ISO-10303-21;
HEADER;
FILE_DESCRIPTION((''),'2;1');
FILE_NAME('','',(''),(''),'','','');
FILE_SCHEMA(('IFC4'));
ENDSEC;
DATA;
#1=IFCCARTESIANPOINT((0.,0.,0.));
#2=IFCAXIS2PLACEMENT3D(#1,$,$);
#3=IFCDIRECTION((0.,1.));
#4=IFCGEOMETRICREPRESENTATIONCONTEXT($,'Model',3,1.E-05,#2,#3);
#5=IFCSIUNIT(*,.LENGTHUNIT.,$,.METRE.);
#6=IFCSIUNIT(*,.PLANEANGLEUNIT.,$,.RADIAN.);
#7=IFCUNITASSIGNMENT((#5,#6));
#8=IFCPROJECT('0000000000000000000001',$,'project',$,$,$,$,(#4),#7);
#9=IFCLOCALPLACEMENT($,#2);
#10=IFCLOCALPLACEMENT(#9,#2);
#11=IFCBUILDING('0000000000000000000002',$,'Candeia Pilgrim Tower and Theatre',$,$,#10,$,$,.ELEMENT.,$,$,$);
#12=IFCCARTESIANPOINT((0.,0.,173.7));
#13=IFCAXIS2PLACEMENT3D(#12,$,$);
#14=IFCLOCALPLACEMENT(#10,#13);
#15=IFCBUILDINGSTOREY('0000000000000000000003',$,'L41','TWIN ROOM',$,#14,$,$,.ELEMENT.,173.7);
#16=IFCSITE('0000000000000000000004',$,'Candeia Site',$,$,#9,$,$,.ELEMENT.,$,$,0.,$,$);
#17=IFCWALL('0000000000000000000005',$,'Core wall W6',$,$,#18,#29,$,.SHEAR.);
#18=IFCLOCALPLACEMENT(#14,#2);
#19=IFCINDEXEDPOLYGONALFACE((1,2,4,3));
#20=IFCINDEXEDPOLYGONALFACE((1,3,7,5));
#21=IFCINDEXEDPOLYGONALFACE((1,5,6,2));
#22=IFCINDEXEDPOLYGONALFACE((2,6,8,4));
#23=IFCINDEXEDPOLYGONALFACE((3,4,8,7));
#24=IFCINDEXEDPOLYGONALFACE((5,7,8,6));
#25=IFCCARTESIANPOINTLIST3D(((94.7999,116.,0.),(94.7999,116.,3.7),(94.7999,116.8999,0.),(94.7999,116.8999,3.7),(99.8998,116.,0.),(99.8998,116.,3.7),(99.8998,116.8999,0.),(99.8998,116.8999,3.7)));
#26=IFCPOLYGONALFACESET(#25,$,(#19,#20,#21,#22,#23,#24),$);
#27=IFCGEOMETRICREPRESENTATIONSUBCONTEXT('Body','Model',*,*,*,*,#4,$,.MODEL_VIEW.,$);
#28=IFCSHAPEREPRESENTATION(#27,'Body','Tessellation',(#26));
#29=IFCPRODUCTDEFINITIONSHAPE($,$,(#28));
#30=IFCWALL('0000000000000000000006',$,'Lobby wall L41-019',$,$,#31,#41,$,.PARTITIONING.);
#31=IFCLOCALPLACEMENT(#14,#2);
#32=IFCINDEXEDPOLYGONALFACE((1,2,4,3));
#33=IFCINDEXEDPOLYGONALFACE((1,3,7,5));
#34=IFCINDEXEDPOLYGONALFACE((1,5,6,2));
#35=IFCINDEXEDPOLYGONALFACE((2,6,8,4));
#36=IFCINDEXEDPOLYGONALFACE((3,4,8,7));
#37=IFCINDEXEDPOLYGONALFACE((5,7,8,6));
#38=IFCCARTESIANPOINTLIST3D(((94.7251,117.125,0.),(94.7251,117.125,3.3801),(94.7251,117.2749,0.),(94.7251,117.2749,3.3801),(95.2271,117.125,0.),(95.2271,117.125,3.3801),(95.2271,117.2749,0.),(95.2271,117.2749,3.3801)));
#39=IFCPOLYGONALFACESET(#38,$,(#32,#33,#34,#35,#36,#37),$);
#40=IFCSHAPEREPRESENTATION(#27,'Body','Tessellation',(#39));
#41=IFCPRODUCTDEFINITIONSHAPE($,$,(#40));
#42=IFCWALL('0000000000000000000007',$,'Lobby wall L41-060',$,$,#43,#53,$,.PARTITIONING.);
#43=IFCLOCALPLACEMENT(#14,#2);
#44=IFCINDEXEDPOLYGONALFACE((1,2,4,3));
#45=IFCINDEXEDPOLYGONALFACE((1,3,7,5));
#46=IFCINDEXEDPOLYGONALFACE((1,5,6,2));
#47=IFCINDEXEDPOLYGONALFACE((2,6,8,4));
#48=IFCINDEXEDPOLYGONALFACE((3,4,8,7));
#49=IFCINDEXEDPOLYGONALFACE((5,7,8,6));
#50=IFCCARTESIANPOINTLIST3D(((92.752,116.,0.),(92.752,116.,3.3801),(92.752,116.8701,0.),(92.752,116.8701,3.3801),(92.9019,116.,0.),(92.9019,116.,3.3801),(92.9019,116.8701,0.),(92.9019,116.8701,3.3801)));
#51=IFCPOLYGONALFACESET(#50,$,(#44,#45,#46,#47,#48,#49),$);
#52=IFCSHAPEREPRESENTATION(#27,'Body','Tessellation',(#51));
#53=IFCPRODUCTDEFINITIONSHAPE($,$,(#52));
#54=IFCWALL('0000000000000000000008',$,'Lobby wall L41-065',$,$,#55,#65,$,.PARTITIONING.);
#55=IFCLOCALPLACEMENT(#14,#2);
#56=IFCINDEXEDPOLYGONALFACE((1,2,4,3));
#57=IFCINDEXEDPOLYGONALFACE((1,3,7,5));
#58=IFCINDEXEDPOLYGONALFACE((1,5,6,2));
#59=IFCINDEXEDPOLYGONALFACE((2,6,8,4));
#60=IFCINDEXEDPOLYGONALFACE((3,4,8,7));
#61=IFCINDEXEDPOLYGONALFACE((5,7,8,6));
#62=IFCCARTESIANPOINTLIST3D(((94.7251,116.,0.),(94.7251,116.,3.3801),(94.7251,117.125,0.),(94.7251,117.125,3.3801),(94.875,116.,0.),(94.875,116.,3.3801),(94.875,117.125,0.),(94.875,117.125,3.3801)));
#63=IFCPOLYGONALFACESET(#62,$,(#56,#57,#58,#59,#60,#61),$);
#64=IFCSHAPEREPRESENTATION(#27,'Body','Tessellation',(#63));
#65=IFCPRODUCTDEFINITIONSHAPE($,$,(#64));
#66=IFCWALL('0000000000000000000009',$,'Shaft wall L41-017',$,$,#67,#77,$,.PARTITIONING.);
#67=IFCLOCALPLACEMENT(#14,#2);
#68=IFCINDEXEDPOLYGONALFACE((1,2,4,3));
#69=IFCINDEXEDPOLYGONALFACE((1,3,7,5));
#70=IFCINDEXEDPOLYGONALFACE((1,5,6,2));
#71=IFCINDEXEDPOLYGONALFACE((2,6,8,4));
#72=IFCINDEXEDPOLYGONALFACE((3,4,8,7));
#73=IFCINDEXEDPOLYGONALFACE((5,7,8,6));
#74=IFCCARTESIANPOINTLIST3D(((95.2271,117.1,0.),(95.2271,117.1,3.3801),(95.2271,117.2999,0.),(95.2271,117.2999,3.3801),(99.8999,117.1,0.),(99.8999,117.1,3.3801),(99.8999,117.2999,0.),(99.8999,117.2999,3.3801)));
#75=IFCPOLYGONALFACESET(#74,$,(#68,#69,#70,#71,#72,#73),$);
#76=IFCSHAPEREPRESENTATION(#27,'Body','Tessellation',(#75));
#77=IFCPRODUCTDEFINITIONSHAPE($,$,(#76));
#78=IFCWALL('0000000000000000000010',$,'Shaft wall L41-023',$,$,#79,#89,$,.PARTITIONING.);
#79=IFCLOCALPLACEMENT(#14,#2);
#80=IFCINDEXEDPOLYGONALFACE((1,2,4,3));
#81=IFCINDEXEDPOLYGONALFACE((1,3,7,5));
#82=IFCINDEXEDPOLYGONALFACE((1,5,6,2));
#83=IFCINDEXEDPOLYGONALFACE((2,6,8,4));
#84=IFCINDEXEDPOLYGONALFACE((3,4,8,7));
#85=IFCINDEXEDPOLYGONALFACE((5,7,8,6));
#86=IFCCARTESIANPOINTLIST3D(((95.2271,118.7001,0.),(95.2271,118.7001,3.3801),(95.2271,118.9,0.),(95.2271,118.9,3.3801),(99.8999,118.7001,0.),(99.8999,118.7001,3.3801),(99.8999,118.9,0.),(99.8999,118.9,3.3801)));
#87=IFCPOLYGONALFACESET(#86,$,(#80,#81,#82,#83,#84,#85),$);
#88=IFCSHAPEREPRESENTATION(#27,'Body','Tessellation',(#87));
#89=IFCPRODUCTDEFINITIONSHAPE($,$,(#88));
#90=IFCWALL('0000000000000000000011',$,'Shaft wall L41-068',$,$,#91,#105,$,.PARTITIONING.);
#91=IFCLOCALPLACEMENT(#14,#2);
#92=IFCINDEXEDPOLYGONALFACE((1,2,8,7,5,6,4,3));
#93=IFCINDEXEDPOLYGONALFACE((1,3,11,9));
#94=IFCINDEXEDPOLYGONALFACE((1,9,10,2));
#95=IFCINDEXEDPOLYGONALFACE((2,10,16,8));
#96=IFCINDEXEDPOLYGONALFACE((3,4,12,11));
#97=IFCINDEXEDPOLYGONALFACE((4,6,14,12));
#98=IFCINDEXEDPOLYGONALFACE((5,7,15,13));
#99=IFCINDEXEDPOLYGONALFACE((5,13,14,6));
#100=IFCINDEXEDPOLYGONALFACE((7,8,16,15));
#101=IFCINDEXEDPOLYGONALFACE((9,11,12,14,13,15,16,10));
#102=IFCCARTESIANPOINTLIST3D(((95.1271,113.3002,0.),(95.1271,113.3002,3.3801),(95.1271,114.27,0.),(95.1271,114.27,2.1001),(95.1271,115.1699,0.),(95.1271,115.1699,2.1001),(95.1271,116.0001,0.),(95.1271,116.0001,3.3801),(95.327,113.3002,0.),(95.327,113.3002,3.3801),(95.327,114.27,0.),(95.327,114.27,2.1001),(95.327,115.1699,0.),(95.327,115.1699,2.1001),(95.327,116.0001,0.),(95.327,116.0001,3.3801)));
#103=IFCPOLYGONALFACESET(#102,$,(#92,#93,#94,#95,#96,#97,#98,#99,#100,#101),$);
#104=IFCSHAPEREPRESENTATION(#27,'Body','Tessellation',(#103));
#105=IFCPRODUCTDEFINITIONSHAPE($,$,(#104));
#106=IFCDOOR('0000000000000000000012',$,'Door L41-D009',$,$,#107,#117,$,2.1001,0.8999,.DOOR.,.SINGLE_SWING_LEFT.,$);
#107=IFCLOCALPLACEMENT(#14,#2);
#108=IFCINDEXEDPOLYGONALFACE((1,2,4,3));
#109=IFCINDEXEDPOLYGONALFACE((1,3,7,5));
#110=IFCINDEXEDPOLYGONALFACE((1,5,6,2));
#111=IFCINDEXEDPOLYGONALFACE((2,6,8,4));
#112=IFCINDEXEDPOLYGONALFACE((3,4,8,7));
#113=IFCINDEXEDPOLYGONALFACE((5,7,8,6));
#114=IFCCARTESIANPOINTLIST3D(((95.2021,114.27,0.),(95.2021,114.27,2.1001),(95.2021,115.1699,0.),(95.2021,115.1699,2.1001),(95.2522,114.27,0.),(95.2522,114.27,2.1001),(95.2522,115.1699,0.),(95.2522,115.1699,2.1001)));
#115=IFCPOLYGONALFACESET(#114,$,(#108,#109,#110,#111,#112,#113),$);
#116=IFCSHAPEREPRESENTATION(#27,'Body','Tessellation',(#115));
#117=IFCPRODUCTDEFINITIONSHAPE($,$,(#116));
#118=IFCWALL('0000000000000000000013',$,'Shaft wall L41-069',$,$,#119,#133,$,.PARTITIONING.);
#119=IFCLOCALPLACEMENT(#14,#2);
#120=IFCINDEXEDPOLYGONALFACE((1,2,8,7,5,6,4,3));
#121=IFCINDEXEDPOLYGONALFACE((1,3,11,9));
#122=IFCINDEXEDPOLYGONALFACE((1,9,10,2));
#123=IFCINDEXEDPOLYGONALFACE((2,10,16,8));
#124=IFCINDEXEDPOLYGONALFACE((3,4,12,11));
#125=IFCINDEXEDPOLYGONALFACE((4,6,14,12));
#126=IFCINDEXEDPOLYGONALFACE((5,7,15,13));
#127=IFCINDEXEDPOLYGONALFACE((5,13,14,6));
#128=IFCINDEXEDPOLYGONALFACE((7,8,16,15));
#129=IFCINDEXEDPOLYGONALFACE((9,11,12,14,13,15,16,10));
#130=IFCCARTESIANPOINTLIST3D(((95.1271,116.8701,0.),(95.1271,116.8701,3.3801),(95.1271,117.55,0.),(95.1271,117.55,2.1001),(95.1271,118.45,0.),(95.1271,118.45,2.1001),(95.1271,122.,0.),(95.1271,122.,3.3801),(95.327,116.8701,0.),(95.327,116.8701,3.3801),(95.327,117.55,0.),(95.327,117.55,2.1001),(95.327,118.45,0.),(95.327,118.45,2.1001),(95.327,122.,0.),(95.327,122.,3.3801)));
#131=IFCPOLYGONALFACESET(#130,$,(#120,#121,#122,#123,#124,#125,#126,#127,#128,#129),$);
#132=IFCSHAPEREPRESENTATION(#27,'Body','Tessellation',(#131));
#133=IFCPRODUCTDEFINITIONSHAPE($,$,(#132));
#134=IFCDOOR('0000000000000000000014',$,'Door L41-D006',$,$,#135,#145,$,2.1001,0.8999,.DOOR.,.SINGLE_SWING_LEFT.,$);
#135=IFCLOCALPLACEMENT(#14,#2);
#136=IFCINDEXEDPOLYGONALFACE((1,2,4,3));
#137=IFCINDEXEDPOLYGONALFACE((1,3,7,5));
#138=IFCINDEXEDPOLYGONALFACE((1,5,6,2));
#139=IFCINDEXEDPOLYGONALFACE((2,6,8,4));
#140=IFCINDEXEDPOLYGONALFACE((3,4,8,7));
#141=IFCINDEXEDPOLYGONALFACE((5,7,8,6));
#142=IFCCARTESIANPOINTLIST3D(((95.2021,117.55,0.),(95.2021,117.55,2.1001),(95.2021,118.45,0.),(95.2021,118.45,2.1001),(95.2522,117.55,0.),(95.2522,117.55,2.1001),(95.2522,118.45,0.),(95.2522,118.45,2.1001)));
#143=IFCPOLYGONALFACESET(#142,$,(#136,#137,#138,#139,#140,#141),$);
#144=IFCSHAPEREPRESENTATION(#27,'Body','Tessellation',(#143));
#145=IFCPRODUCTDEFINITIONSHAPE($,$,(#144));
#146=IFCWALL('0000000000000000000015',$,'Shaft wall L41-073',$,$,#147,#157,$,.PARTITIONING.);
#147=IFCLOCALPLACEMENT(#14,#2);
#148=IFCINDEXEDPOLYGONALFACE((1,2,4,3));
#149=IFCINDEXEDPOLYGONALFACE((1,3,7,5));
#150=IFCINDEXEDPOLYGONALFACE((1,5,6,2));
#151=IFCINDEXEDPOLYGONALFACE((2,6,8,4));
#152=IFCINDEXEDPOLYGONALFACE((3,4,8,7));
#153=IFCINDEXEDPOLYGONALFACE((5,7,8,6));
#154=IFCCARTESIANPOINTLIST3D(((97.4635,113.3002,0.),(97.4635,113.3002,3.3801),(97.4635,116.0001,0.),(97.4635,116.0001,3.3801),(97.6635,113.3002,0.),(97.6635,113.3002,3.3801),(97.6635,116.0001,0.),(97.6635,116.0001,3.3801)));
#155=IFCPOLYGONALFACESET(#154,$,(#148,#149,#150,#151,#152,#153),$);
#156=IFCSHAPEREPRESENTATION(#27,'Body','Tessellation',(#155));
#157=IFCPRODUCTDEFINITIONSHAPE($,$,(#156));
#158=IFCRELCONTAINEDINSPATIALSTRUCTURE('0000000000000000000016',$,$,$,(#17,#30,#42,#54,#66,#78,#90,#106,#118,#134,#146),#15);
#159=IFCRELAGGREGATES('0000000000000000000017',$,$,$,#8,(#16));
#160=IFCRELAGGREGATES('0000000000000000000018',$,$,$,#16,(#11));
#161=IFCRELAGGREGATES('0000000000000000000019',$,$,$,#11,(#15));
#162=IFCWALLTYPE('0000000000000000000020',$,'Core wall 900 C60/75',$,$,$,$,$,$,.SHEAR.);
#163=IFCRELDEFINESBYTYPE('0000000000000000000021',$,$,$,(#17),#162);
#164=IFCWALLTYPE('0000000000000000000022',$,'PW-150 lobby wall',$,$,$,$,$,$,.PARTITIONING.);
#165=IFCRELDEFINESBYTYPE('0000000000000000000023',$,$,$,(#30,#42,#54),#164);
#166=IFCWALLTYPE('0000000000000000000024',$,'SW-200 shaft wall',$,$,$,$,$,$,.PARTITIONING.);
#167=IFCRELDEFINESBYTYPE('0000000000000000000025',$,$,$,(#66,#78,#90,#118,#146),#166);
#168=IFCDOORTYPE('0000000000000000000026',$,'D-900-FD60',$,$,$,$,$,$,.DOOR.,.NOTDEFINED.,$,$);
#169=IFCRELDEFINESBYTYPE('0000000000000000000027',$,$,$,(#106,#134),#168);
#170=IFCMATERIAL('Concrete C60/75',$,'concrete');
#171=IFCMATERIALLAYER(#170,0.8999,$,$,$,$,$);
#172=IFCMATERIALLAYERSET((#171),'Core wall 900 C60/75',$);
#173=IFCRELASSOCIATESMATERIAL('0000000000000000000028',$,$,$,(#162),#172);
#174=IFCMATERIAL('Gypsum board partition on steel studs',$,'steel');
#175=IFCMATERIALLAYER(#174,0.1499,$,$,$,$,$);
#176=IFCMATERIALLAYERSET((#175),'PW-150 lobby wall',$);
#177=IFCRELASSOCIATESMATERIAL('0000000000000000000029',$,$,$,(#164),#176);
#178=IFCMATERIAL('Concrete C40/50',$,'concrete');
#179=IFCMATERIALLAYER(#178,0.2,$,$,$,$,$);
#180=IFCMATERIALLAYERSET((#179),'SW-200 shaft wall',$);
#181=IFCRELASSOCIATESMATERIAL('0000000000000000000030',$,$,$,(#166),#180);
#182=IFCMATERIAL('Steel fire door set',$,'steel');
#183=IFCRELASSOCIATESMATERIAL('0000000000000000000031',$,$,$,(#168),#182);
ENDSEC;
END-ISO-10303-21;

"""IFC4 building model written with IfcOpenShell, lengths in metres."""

from ifc_helpers import new_model, si_unit, direction, frame, frame_2d, origin, place, context, subcontext, project, spatial, rectangle, extrude, material, layer, layer_set, type_object, element, fill, save


model = new_model("IFC4")

# Units and contexts
model_context = context("Model", 3, precision=1e-05, world=origin(), true_north=direction((0.0, 1.0)))
body_context = subcontext(model_context, "Body", "Model", "MODEL_VIEW")
ifc_project = project(units=[si_unit("LENGTHUNIT", "METRE"), si_unit("PLANEANGLEUNIT", "RADIAN")], contexts=[model_context])

# Site, building, storey
site_placement = place(None, origin())
site = spatial("IfcSite", under=ifc_project, at=site_placement, Name="Candeia Site", CompositionType="ELEMENT", RefElevation=0.0)
building_placement = place(site_placement, origin())
building = spatial("IfcBuilding", under=site, at=building_placement, Name="Candeia Pilgrim Tower and Theatre", CompositionType="ELEMENT")
storey_placement = place(building_placement, frame((0.0, 0.0, 173.7)))
storey = spatial("IfcBuildingStorey", under=building, at=storey_placement, Name="L41", Description="TWIN ROOM", CompositionType="ELEMENT", Elevation=173.7)

# Walls
ifc_material_1 = material(Name="Concrete C60/75", Category="concrete")
ifc_layer_1 = layer(ifc_material_1, 0.8999)
ifc_layer_set_1 = layer_set([ifc_layer_1], Name="Core wall 900 C60/75")
wall_type_1 = type_object("IfcWallType", Name="Core wall 900 C60/75", PredefinedType="SHEAR", material=ifc_layer_set_1)
wall_1_placement = place(storey_placement, frame((94.8, 116.45, 0.0), z_axis=(0.0, 0.0, 1.0), x_axis=(1.0, 0.0, 0.0)))
element("IfcWall", 1, at=wall_1_placement, inside=storey, type_object=wall_type_1, Name="Core wall W6", PredefinedType="SHEAR", context=body_context, shape_type="SweptSolid", body=[
    extrude(rectangle(XDim=5.0999, YDim=0.8999, at=frame_2d((2.5498, 0.0))), origin(), (0.0, 0.0, 1.0), 3.7),
])
ifc_material_2 = material(Name="Gypsum board partition on steel studs", Category="steel")
ifc_layer_2 = layer(ifc_material_2, 0.1499)
ifc_layer_set_2 = layer_set([ifc_layer_2], Name="PW-150 lobby wall")
wall_type_2 = type_object("IfcWallType", Name="PW-150 lobby wall", PredefinedType="PARTITIONING", material=ifc_layer_set_2)
wall_2_placement = place(storey_placement, frame((94.7251, 117.2, 0.0), z_axis=(0.0, 0.0, 1.0), x_axis=(1.0, 0.0, 0.0)))
element("IfcWall", 2, at=wall_2_placement, inside=storey, type_object=wall_type_2, Name="Lobby wall L41-019", PredefinedType="PARTITIONING", context=body_context, shape_type="SweptSolid", body=[
    extrude(rectangle(XDim=0.502, YDim=0.1499, at=frame_2d((0.251, 0.0))), origin(), (0.0, 0.0, 1.0), 3.3801),
])
wall_3_placement = place(storey_placement, frame((92.8269, 116.0, 0.0), z_axis=(0.0, 0.0, 1.0), x_axis=(0.0, 1.0, 0.0)))
element("IfcWall", 3, at=wall_3_placement, inside=storey, type_object=wall_type_2, Name="Lobby wall L41-060", PredefinedType="PARTITIONING", context=body_context, shape_type="SweptSolid", body=[
    extrude(rectangle(XDim=0.8701, YDim=0.1499, at=frame_2d((0.4351, 0.0))), origin(), (0.0, 0.0, 1.0), 3.3801),
])
wall_4_placement = place(storey_placement, frame((94.8, 116.0, 0.0), z_axis=(0.0, 0.0, 1.0), x_axis=(0.0, 1.0, 0.0)))
element("IfcWall", 4, at=wall_4_placement, inside=storey, type_object=wall_type_2, Name="Lobby wall L41-065", PredefinedType="PARTITIONING", context=body_context, shape_type="SweptSolid", body=[
    extrude(rectangle(XDim=1.125, YDim=0.1499, at=frame_2d((0.5625, 0.0))), origin(), (0.0, 0.0, 1.0), 3.3801),
])
ifc_material_3 = material(Name="Concrete C40/50", Category="concrete")
ifc_layer_3 = layer(ifc_material_3, 0.2)
ifc_layer_set_3 = layer_set([ifc_layer_3], Name="SW-200 shaft wall")
wall_type_3 = type_object("IfcWallType", Name="SW-200 shaft wall", PredefinedType="PARTITIONING", material=ifc_layer_set_3)
for number, where, z_axis, x_axis, name in (
    (5, (95.2271, 117.2, 0.0), (0.0, 0.0, 1.0), (1.0, 0.0, 0.0), "Shaft wall L41-017"),
    (6, (95.2271, 118.8, 0.0), (0.0, 0.0, 1.0), (1.0, 0.0, 0.0), "Shaft wall L41-023"),
):
    element("IfcWall", number, at=place(storey_placement, frame(where, z_axis=z_axis, x_axis=x_axis)), inside=storey, type_object=wall_type_3, Name=name, PredefinedType="PARTITIONING", context=body_context, shape_type="SweptSolid", body=[
        extrude(rectangle(XDim=4.6729, YDim=0.2, at=frame_2d((2.3364, 0.0))), origin(), (0.0, 0.0, 1.0), 3.3801),
    ])

# Walls, openings, doors
wall_5_placement = place(storey_placement, frame((95.2271, 113.3, 0.0), z_axis=(0.0, 0.0, 1.0), x_axis=(0.0, 1.0, 0.0)))
wall_5 = element("IfcWall", 7, at=wall_5_placement, inside=storey, type_object=wall_type_3, Name="Shaft wall L41-068", PredefinedType="PARTITIONING", context=body_context, shape_type="SweptSolid", body=[
    extrude(rectangle(XDim=2.7, YDim=0.2, at=frame_2d((1.3501, 0.0))), origin(), (0.0, 0.0, 1.0), 3.3801),
])
opening_1_placement = place(wall_5_placement, frame((0.97, 0.0, 0.0)))
opening_1 = element("IfcOpeningElement", 8, at=opening_1_placement, cuts=wall_5, PredefinedType="OPENING", context=body_context, shape_type="SweptSolid", body=[
    extrude(rectangle(XDim=0.8999, YDim=2.1001, at=frame_2d((0.45, 1.05))), frame((0.0, 0.1099, 0.0), z_axis=(0.0, -1.0, 0.0), x_axis=(1.0, 0.0, 0.0)), (0.0, 0.0, 1.0), 0.22),
])
ifc_material_4 = material(Name="Steel fire door set", Category="steel")
door_type_1 = type_object("IfcDoorType", Name="D-900-FD60", OperationType="NOTDEFINED", PredefinedType="DOOR", material=ifc_material_4)
door_1_placement = place(opening_1_placement, origin())
door_1 = element("IfcDoor", 9, at=door_1_placement, inside=storey, type_object=door_type_1, Name="Door L41-D009", OperationType="SINGLE_SWING_LEFT", OverallHeight=2.1001, OverallWidth=0.8999, PredefinedType="DOOR", context=body_context, shape_type="SweptSolid", body=[
    extrude(rectangle(XDim=0.8999, YDim=2.1001, at=frame_2d((0.45, 1.05))), frame((0.0, 0.0249, 0.0), z_axis=(0.0, -1.0, 0.0), x_axis=(1.0, 0.0, 0.0)), (0.0, 0.0, 1.0), 0.05),
])
fill(opening_1, door_1)
wall_6_placement = place(storey_placement, frame((95.2271, 116.8701, 0.0), z_axis=(0.0, 0.0, 1.0), x_axis=(0.0, 1.0, 0.0)))
wall_6 = element("IfcWall", 10, at=wall_6_placement, inside=storey, type_object=wall_type_3, Name="Shaft wall L41-069", PredefinedType="PARTITIONING", context=body_context, shape_type="SweptSolid", body=[
    extrude(rectangle(XDim=5.1299, YDim=0.2, at=frame_2d((2.5649, 0.0))), origin(), (0.0, 0.0, 1.0), 3.3801),
])
opening_2_placement = place(wall_6_placement, frame((0.6799, 0.0, 0.0)))
opening_2 = element("IfcOpeningElement", 11, at=opening_2_placement, cuts=wall_6, PredefinedType="OPENING", context=body_context, shape_type="SweptSolid", body=[
    extrude(rectangle(XDim=0.8999, YDim=2.1001, at=frame_2d((0.45, 1.05))), frame((0.0, 0.1099, 0.0), z_axis=(0.0, -1.0, 0.0), x_axis=(1.0, 0.0, 0.0)), (0.0, 0.0, 1.0), 0.22),
])
door_2_placement = place(opening_2_placement, origin())
door_2 = element("IfcDoor", 12, at=door_2_placement, inside=storey, type_object=door_type_1, Name="Door L41-D006", OperationType="SINGLE_SWING_LEFT", OverallHeight=2.1001, OverallWidth=0.8999, PredefinedType="DOOR", context=body_context, shape_type="SweptSolid", body=[
    extrude(rectangle(XDim=0.8999, YDim=2.1001, at=frame_2d((0.45, 1.05))), frame((0.0, 0.0249, 0.0), z_axis=(0.0, -1.0, 0.0), x_axis=(1.0, 0.0, 0.0)), (0.0, 0.0, 1.0), 0.05),
])
fill(opening_2, door_2)

# Wall
wall_7_placement = place(storey_placement, frame((97.5635, 113.3, 0.0), z_axis=(0.0, 0.0, 1.0), x_axis=(0.0, 1.0, 0.0)))
element("IfcWall", 13, at=wall_7_placement, inside=storey, type_object=wall_type_3, Name="Shaft wall L41-073", PredefinedType="PARTITIONING", context=body_context, shape_type="SweptSolid", body=[
    extrude(rectangle(XDim=2.7, YDim=0.2, at=frame_2d((1.3501, 0.0))), origin(), (0.0, 0.0, 1.0), 3.3801),
])

save(model, "model.ifc")
